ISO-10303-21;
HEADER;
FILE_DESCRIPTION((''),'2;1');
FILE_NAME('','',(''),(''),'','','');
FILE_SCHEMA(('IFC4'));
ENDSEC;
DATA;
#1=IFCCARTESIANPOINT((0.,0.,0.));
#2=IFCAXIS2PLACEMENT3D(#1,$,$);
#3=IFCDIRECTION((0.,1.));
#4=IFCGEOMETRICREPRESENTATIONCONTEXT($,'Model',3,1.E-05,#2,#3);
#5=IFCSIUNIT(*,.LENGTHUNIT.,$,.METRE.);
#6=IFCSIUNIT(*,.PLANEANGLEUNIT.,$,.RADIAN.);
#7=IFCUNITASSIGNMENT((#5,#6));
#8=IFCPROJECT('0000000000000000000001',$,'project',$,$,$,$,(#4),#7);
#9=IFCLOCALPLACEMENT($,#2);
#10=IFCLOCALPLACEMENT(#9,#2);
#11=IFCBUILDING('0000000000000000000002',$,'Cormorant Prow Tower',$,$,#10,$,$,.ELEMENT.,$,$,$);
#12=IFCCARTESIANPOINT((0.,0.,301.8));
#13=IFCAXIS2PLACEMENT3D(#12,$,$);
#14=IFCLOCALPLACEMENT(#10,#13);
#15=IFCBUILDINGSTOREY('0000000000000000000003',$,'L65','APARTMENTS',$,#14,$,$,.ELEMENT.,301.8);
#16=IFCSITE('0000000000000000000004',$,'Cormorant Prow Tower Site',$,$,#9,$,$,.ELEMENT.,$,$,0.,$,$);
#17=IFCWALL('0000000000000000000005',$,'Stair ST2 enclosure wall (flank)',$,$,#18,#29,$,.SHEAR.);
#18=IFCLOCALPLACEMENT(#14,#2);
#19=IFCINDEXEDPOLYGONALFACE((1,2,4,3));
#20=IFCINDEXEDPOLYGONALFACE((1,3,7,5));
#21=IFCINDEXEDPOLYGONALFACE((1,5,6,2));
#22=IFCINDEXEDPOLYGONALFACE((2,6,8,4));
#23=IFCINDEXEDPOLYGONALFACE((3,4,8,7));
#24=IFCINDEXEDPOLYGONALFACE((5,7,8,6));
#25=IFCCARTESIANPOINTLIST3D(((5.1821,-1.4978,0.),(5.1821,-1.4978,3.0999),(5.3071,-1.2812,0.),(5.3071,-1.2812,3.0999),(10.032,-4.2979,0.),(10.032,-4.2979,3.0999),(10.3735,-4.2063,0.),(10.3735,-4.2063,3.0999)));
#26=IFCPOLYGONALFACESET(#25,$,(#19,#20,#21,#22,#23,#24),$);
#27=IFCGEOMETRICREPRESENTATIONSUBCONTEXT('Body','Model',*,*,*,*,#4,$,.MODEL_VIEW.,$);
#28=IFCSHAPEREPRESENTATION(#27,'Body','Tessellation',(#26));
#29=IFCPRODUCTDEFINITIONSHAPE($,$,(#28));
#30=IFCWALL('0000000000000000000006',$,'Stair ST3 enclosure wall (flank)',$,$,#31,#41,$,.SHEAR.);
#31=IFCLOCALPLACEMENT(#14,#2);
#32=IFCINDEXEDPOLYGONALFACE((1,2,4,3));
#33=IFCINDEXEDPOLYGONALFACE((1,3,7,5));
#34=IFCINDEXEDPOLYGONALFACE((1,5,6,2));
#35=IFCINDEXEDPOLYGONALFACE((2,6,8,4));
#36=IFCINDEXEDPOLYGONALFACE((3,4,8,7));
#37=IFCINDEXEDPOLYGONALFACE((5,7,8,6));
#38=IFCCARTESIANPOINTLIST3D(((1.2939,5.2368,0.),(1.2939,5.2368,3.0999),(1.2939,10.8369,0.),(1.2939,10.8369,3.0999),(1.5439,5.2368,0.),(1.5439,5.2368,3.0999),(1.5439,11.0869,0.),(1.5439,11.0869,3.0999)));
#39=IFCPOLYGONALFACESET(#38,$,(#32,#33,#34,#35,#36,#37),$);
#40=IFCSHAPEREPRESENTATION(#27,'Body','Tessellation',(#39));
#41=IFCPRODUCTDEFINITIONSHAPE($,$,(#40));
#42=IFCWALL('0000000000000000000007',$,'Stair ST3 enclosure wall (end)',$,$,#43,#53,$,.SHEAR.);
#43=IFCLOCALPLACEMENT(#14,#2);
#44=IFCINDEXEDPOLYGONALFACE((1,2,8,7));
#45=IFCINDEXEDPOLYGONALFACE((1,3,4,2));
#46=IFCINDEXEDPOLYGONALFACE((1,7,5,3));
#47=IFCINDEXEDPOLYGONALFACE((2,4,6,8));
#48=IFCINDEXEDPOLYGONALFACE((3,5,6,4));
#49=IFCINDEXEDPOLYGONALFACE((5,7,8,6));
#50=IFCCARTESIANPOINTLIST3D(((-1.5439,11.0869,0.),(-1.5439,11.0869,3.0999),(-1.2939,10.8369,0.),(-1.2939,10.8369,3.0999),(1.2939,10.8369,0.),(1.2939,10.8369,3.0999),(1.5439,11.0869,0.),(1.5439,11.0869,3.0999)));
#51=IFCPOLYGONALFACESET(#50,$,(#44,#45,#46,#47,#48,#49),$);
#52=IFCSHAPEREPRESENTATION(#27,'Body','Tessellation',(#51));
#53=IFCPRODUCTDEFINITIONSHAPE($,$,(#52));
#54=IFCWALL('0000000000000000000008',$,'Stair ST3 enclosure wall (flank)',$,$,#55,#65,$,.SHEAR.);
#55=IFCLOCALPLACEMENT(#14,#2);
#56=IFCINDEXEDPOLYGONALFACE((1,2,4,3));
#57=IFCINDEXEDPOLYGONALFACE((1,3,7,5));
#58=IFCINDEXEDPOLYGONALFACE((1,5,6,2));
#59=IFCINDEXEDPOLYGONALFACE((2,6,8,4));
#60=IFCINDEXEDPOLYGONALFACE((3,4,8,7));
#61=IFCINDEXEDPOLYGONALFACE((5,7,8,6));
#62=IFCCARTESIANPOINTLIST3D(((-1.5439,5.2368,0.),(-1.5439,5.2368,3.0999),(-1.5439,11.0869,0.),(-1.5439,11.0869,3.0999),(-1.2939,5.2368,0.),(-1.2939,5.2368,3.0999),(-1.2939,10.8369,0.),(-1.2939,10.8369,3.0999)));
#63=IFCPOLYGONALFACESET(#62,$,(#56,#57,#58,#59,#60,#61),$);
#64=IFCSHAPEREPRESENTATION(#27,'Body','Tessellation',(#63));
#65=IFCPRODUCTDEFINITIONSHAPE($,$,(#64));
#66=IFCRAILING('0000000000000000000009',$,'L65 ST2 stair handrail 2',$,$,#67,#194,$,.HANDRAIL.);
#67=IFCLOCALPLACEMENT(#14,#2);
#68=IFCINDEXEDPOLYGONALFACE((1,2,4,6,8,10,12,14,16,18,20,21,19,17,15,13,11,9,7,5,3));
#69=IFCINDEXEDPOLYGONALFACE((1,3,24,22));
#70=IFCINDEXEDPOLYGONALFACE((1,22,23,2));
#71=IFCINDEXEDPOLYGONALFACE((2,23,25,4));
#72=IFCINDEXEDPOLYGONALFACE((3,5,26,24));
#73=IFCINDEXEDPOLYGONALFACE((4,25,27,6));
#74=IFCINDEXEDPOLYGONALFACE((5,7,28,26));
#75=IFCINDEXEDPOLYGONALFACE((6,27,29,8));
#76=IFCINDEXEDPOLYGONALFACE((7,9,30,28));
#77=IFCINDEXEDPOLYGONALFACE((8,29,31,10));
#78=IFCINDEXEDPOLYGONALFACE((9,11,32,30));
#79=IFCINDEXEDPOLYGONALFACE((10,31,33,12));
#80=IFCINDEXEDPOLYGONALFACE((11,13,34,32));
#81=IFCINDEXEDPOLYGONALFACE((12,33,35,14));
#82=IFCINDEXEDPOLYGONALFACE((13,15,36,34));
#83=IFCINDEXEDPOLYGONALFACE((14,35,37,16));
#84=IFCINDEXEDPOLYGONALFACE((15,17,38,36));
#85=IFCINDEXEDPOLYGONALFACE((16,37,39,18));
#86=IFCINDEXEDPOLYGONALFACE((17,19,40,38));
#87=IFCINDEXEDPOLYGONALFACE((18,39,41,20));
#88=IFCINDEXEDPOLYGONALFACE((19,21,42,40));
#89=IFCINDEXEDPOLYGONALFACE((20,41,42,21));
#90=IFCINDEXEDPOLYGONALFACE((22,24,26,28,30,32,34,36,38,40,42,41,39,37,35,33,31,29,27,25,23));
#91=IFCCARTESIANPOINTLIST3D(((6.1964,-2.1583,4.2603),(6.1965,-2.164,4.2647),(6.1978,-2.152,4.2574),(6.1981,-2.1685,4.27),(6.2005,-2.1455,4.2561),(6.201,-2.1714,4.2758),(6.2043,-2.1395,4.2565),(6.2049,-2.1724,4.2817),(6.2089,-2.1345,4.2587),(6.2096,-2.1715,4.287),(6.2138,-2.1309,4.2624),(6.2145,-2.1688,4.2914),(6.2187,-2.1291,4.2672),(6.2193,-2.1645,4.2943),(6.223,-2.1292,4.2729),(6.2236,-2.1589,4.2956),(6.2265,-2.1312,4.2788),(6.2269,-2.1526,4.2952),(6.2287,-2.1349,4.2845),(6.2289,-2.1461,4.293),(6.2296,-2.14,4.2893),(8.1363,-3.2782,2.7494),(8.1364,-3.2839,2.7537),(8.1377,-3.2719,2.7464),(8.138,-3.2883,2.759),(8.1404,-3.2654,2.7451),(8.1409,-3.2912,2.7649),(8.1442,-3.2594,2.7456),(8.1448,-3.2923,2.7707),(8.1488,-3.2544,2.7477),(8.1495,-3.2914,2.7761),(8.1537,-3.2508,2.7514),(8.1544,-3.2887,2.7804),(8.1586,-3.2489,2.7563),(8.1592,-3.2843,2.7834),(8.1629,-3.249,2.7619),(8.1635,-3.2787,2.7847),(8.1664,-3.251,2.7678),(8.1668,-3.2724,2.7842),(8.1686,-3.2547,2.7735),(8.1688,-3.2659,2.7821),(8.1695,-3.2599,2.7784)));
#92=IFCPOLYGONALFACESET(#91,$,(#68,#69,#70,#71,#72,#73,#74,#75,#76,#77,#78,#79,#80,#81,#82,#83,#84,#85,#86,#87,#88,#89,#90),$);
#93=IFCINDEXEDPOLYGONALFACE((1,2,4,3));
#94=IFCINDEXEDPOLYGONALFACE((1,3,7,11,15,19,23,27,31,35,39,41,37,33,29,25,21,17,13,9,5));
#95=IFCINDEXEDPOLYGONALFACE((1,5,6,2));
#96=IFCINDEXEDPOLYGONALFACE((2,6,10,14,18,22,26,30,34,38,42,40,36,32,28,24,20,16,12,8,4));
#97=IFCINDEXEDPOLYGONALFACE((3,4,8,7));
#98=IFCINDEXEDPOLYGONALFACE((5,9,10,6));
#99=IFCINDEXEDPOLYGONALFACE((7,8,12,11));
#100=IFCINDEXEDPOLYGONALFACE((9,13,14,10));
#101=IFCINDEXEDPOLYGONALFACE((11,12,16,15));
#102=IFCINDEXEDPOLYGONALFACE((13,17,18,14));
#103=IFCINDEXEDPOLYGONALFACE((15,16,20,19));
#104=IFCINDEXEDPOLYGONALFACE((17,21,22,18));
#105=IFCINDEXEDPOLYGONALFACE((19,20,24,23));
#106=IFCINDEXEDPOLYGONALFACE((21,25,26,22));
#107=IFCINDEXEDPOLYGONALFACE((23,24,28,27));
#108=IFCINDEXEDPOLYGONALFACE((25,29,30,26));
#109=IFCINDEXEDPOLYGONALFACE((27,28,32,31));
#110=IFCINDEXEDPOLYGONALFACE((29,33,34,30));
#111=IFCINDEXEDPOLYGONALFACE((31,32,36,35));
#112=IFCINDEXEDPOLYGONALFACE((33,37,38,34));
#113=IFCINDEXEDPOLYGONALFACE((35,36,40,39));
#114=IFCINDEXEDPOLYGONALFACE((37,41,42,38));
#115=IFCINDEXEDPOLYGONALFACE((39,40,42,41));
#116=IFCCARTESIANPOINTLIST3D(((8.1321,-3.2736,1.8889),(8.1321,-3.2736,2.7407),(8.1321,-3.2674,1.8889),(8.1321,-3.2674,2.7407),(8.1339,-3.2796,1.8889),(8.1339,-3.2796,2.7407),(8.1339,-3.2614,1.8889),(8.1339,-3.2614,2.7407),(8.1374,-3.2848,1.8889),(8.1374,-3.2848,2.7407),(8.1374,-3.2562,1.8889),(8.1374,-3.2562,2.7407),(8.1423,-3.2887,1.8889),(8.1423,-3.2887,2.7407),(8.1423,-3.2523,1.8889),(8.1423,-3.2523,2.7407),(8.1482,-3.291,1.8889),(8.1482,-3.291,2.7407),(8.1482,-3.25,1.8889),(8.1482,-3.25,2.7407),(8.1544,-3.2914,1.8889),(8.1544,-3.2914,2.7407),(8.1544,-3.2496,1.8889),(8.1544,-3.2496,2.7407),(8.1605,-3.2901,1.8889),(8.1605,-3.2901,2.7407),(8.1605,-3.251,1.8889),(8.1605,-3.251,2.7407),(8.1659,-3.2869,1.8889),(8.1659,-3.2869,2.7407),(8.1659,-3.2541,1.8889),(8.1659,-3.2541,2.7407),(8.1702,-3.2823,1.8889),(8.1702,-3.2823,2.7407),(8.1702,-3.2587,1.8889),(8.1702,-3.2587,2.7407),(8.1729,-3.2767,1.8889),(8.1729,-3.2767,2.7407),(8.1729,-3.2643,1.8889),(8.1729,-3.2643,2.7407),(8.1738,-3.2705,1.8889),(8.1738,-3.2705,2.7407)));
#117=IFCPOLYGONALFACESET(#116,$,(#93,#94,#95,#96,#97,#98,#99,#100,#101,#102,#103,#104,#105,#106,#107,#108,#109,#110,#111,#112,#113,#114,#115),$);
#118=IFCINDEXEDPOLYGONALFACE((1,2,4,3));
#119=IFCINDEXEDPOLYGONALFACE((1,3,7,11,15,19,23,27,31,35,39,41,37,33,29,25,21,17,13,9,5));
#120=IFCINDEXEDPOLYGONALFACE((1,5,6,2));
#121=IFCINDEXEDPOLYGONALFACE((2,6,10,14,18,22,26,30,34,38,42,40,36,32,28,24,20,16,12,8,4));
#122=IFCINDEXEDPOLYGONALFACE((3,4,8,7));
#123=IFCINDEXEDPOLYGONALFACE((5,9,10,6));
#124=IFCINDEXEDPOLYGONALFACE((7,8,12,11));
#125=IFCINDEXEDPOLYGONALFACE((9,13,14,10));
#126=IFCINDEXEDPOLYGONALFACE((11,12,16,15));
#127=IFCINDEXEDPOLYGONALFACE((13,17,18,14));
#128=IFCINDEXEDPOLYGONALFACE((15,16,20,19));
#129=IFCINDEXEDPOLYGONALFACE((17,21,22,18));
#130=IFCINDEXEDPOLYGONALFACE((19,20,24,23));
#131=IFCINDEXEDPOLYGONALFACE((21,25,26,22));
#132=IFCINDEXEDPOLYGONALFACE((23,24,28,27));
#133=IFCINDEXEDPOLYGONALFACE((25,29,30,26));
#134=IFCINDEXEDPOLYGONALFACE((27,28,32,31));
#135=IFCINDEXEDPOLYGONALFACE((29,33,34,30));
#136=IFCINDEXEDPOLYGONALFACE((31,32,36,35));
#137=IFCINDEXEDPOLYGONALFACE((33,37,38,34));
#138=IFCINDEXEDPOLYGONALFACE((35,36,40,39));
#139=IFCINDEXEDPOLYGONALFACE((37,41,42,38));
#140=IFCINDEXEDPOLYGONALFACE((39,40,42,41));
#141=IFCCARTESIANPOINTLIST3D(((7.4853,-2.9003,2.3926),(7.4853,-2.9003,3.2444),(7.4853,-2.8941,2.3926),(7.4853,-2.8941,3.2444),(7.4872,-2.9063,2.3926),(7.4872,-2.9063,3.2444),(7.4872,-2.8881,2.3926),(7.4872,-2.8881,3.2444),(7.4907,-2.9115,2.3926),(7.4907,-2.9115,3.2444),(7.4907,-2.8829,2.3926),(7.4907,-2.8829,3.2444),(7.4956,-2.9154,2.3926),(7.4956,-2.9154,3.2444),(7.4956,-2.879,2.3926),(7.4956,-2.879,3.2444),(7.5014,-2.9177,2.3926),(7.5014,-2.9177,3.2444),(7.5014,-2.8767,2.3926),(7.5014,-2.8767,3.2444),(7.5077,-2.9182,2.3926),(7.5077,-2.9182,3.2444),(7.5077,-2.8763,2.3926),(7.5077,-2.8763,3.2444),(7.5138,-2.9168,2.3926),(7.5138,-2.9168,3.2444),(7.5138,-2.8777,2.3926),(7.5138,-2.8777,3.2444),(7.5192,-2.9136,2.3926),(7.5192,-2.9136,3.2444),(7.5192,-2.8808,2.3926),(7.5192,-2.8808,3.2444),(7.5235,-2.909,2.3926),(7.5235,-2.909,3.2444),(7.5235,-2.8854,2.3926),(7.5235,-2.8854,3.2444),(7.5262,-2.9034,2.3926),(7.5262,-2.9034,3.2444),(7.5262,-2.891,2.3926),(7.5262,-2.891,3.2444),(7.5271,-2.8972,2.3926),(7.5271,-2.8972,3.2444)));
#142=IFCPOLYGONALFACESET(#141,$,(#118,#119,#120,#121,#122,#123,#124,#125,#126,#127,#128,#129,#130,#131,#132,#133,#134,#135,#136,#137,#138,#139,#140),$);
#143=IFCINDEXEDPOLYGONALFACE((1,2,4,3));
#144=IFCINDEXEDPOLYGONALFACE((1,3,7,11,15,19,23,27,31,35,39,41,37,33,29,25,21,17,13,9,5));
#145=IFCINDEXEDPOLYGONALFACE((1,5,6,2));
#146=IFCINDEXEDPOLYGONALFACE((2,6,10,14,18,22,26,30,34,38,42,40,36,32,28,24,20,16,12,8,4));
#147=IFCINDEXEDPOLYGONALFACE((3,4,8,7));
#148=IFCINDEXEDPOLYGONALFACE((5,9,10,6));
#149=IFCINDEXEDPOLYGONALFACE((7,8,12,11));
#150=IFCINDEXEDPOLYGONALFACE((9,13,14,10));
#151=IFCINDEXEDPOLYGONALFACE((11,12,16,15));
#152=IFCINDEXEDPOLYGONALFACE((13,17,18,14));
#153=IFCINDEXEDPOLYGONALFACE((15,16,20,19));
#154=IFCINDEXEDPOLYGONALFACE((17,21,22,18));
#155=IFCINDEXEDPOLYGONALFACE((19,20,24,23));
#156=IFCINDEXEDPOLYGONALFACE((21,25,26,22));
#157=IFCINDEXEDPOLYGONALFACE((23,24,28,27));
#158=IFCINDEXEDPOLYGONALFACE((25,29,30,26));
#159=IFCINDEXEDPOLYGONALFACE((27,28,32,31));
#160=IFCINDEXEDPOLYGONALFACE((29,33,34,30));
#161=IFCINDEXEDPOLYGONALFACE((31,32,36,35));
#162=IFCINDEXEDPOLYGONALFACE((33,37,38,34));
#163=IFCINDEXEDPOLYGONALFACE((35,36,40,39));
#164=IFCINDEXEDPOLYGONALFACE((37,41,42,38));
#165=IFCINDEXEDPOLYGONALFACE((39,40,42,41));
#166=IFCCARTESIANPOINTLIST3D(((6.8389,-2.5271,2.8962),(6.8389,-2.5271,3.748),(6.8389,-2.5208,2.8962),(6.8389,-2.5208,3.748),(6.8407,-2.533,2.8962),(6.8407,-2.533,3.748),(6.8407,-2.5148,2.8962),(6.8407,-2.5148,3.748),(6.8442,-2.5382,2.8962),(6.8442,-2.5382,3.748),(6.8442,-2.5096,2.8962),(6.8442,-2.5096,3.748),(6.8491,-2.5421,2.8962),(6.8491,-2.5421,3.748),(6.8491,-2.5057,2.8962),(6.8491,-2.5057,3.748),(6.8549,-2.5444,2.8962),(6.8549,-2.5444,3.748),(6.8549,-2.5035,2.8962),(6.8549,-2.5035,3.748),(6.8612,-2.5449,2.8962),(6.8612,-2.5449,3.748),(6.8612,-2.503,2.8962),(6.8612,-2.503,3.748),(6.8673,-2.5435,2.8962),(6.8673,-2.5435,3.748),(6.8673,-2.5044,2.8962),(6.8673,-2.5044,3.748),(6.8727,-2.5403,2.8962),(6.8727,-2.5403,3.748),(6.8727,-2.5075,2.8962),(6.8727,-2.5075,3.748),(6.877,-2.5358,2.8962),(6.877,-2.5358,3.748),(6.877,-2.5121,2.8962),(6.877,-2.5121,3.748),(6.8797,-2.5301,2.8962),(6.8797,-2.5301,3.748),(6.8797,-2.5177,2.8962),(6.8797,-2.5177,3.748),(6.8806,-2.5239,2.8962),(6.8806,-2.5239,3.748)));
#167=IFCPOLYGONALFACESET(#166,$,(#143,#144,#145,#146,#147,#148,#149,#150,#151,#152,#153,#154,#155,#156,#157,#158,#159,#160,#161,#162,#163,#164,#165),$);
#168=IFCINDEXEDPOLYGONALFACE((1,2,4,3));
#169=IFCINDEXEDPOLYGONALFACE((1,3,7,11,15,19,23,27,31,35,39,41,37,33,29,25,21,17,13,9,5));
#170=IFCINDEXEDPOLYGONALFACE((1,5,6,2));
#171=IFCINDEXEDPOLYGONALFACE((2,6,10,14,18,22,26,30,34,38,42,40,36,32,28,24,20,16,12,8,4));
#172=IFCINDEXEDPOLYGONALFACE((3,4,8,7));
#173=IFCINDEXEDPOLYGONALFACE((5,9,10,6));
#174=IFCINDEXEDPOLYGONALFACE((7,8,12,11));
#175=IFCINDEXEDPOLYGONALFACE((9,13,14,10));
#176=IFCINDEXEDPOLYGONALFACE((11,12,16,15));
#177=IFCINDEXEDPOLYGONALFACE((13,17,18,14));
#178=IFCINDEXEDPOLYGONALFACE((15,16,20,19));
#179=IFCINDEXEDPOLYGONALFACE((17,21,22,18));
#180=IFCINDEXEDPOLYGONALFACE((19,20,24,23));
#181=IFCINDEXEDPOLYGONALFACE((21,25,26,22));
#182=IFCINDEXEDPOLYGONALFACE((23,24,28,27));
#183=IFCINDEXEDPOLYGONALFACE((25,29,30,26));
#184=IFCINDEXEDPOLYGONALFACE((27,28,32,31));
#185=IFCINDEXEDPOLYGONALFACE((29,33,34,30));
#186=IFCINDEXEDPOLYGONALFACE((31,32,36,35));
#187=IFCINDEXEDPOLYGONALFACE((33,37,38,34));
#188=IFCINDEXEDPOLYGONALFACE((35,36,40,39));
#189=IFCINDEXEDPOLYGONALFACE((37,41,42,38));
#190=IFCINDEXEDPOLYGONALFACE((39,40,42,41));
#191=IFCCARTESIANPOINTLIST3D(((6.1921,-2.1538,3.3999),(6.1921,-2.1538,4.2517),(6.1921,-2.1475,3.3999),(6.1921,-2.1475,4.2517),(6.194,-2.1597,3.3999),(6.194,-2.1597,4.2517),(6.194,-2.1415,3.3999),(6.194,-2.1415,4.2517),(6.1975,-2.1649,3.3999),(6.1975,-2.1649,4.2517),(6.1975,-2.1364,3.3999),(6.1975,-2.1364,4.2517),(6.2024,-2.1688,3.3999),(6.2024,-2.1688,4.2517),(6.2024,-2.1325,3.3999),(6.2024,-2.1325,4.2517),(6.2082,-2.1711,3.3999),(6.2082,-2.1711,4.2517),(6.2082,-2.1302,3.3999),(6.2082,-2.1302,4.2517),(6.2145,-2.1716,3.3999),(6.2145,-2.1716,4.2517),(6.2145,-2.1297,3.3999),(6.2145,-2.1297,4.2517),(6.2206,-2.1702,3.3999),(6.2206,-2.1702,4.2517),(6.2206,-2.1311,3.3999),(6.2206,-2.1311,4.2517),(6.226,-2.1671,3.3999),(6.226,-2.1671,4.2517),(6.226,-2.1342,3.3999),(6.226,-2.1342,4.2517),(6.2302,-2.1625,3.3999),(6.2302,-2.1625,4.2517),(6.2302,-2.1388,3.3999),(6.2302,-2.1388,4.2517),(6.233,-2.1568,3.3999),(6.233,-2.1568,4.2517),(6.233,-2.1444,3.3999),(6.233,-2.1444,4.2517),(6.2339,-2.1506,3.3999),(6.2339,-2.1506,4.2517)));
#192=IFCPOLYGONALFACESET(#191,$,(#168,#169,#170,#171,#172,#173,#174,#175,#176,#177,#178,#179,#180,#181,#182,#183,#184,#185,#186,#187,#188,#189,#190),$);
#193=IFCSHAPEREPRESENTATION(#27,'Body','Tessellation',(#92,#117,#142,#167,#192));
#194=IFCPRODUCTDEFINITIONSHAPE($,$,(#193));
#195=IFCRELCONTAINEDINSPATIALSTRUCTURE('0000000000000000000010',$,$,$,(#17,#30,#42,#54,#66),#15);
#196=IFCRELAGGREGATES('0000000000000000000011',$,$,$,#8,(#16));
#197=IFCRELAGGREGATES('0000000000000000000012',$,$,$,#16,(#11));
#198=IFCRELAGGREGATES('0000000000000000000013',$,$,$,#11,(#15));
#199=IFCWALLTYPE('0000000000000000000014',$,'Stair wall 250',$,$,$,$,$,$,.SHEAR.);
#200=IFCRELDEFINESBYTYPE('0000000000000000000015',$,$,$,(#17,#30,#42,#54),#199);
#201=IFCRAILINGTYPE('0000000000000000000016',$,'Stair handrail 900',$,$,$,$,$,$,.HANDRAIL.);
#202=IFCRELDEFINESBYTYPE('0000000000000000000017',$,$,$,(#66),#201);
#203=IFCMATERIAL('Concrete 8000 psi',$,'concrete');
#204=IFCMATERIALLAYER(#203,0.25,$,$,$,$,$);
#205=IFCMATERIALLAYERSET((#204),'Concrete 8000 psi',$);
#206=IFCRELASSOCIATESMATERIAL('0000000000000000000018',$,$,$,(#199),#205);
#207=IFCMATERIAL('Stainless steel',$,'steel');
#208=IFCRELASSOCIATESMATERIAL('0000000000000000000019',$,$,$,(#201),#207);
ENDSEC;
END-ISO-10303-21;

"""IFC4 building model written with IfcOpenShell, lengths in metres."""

from ifc_helpers import new_model, si_unit, direction, frame, origin, origin_2d, place, context, subcontext, project, spatial, polyline, circle, outline, extrude, material, layer, layer_set, type_object, element, save


model = new_model("IFC4")

# Units and contexts
model_context = context("Model", 3, precision=1e-05, world=origin(), true_north=direction((0.0, 1.0)))
body_context = subcontext(model_context, "Body", "Model", "MODEL_VIEW")
ifc_project = project(units=[si_unit("LENGTHUNIT", "METRE"), si_unit("PLANEANGLEUNIT", "RADIAN")], contexts=[model_context])

# Site, building, storey
site_placement = place(None, origin())
site = spatial("IfcSite", under=ifc_project, at=site_placement, Name="Cormorant Prow Tower Site", CompositionType="ELEMENT", RefElevation=0.0)
building_placement = place(site_placement, origin())
building = spatial("IfcBuilding", under=site, at=building_placement, Name="Cormorant Prow Tower", CompositionType="ELEMENT")
storey_placement = place(building_placement, frame((0.0, 0.0, 301.8)))
storey = spatial("IfcBuildingStorey", under=building, at=storey_placement, Name="L65", Description="APARTMENTS", CompositionType="ELEMENT", Elevation=301.8)

# Walls
ifc_material_1 = material(Name="Concrete 8000 psi", Category="concrete")
ifc_layer_1 = layer(ifc_material_1, 0.25)
ifc_layer_set_1 = layer_set([ifc_layer_1], Name="Concrete 8000 psi")
wall_type_1 = type_object("IfcWallType", Name="Stair wall 250", PredefinedType="SHEAR", material=ifc_layer_set_1)
wall_1_placement = place(storey_placement, origin())
element("IfcWall", 1, at=wall_1_placement, inside=storey, type_object=wall_type_1, Name="Stair ST2 enclosure wall (flank)", PredefinedType="SHEAR", context=body_context, shape_type="SweptSolid", body=[
    extrude(outline(polyline([(10.032, -4.2979), (10.3735, -4.2063), (5.3071, -1.2812), (5.1821, -1.4978), (10.032, -4.2979)])), origin(), (0.0, 0.0, 1.0), 3.0999),
])
wall_2_placement = place(storey_placement, origin())
element("IfcWall", 2, at=wall_2_placement, inside=storey, type_object=wall_type_1, Name="Stair ST3 enclosure wall (flank)", PredefinedType="SHEAR", context=body_context, shape_type="SweptSolid", body=[
    extrude(outline(polyline([(1.5439, 5.2368), (1.5439, 11.0869), (1.2939, 10.8369), (1.2939, 5.2368), (1.5439, 5.2368)])), origin(), (0.0, 0.0, 1.0), 3.0999),
])
wall_3_placement = place(storey_placement, origin())
element("IfcWall", 3, at=wall_3_placement, inside=storey, type_object=wall_type_1, Name="Stair ST3 enclosure wall (end)", PredefinedType="SHEAR", context=body_context, shape_type="SweptSolid", body=[
    extrude(outline(polyline([(1.5439, 11.0869), (-1.5439, 11.0869), (-1.2939, 10.8369), (1.2939, 10.8369), (1.5439, 11.0869)])), origin(), (0.0, 0.0, 1.0), 3.0999),
])
wall_4_placement = place(storey_placement, origin())
element("IfcWall", 4, at=wall_4_placement, inside=storey, type_object=wall_type_1, Name="Stair ST3 enclosure wall (flank)", PredefinedType="SHEAR", context=body_context, shape_type="SweptSolid", body=[
    extrude(outline(polyline([(-1.2939, 10.8369), (-1.5439, 11.0869), (-1.5439, 5.2368), (-1.2939, 5.2368), (-1.2939, 10.8369)])), origin(), (0.0, 0.0, 1.0), 3.0999),
])

# Railing
ifc_material_2 = material(Name="Stainless steel", Category="steel")
railing_type_1 = type_object("IfcRailingType", Name="Stair handrail 900", PredefinedType="HANDRAIL", material=ifc_material_2)
railing_1_placement = place(storey_placement, frame((8.1528, -3.2705, 1.8889)))
element("IfcRailing", 5, at=railing_1_placement, inside=storey, type_object=railing_type_1, Name="L65 ST2 stair handrail 2", PredefinedType="HANDRAIL", context=body_context, shape_type="SweptSolid", body=[
    extrude(circle(Radius=0.0239, at=origin_2d()), frame((0.0, 0.0, 0.876), z_axis=(-0.717977, 0.414467, 0.559219), x_axis=(-0.499949, -0.866055, 0.0)), (0.0, 0.0, 1.0), 2.7019),
    extrude(circle(Radius=0.021, at=origin_2d()), origin(), (0.0, 0.0, 1.0), 0.8518),
    extrude(circle(Radius=0.021, at=origin_2d()), frame((-0.6467, 0.3733, 0.5037)), (0.0, 0.0, 1.0), 0.8518),
    extrude(circle(Radius=0.021, at=origin_2d()), frame((-1.2932, 0.7466, 1.0073)), (0.0, 0.0, 1.0), 0.8518),
    extrude(circle(Radius=0.021, at=origin_2d()), frame((-1.9399, 1.1199, 1.511)), (0.0, 0.0, 1.0), 0.8518),
])

save(model, "model.ifc")
